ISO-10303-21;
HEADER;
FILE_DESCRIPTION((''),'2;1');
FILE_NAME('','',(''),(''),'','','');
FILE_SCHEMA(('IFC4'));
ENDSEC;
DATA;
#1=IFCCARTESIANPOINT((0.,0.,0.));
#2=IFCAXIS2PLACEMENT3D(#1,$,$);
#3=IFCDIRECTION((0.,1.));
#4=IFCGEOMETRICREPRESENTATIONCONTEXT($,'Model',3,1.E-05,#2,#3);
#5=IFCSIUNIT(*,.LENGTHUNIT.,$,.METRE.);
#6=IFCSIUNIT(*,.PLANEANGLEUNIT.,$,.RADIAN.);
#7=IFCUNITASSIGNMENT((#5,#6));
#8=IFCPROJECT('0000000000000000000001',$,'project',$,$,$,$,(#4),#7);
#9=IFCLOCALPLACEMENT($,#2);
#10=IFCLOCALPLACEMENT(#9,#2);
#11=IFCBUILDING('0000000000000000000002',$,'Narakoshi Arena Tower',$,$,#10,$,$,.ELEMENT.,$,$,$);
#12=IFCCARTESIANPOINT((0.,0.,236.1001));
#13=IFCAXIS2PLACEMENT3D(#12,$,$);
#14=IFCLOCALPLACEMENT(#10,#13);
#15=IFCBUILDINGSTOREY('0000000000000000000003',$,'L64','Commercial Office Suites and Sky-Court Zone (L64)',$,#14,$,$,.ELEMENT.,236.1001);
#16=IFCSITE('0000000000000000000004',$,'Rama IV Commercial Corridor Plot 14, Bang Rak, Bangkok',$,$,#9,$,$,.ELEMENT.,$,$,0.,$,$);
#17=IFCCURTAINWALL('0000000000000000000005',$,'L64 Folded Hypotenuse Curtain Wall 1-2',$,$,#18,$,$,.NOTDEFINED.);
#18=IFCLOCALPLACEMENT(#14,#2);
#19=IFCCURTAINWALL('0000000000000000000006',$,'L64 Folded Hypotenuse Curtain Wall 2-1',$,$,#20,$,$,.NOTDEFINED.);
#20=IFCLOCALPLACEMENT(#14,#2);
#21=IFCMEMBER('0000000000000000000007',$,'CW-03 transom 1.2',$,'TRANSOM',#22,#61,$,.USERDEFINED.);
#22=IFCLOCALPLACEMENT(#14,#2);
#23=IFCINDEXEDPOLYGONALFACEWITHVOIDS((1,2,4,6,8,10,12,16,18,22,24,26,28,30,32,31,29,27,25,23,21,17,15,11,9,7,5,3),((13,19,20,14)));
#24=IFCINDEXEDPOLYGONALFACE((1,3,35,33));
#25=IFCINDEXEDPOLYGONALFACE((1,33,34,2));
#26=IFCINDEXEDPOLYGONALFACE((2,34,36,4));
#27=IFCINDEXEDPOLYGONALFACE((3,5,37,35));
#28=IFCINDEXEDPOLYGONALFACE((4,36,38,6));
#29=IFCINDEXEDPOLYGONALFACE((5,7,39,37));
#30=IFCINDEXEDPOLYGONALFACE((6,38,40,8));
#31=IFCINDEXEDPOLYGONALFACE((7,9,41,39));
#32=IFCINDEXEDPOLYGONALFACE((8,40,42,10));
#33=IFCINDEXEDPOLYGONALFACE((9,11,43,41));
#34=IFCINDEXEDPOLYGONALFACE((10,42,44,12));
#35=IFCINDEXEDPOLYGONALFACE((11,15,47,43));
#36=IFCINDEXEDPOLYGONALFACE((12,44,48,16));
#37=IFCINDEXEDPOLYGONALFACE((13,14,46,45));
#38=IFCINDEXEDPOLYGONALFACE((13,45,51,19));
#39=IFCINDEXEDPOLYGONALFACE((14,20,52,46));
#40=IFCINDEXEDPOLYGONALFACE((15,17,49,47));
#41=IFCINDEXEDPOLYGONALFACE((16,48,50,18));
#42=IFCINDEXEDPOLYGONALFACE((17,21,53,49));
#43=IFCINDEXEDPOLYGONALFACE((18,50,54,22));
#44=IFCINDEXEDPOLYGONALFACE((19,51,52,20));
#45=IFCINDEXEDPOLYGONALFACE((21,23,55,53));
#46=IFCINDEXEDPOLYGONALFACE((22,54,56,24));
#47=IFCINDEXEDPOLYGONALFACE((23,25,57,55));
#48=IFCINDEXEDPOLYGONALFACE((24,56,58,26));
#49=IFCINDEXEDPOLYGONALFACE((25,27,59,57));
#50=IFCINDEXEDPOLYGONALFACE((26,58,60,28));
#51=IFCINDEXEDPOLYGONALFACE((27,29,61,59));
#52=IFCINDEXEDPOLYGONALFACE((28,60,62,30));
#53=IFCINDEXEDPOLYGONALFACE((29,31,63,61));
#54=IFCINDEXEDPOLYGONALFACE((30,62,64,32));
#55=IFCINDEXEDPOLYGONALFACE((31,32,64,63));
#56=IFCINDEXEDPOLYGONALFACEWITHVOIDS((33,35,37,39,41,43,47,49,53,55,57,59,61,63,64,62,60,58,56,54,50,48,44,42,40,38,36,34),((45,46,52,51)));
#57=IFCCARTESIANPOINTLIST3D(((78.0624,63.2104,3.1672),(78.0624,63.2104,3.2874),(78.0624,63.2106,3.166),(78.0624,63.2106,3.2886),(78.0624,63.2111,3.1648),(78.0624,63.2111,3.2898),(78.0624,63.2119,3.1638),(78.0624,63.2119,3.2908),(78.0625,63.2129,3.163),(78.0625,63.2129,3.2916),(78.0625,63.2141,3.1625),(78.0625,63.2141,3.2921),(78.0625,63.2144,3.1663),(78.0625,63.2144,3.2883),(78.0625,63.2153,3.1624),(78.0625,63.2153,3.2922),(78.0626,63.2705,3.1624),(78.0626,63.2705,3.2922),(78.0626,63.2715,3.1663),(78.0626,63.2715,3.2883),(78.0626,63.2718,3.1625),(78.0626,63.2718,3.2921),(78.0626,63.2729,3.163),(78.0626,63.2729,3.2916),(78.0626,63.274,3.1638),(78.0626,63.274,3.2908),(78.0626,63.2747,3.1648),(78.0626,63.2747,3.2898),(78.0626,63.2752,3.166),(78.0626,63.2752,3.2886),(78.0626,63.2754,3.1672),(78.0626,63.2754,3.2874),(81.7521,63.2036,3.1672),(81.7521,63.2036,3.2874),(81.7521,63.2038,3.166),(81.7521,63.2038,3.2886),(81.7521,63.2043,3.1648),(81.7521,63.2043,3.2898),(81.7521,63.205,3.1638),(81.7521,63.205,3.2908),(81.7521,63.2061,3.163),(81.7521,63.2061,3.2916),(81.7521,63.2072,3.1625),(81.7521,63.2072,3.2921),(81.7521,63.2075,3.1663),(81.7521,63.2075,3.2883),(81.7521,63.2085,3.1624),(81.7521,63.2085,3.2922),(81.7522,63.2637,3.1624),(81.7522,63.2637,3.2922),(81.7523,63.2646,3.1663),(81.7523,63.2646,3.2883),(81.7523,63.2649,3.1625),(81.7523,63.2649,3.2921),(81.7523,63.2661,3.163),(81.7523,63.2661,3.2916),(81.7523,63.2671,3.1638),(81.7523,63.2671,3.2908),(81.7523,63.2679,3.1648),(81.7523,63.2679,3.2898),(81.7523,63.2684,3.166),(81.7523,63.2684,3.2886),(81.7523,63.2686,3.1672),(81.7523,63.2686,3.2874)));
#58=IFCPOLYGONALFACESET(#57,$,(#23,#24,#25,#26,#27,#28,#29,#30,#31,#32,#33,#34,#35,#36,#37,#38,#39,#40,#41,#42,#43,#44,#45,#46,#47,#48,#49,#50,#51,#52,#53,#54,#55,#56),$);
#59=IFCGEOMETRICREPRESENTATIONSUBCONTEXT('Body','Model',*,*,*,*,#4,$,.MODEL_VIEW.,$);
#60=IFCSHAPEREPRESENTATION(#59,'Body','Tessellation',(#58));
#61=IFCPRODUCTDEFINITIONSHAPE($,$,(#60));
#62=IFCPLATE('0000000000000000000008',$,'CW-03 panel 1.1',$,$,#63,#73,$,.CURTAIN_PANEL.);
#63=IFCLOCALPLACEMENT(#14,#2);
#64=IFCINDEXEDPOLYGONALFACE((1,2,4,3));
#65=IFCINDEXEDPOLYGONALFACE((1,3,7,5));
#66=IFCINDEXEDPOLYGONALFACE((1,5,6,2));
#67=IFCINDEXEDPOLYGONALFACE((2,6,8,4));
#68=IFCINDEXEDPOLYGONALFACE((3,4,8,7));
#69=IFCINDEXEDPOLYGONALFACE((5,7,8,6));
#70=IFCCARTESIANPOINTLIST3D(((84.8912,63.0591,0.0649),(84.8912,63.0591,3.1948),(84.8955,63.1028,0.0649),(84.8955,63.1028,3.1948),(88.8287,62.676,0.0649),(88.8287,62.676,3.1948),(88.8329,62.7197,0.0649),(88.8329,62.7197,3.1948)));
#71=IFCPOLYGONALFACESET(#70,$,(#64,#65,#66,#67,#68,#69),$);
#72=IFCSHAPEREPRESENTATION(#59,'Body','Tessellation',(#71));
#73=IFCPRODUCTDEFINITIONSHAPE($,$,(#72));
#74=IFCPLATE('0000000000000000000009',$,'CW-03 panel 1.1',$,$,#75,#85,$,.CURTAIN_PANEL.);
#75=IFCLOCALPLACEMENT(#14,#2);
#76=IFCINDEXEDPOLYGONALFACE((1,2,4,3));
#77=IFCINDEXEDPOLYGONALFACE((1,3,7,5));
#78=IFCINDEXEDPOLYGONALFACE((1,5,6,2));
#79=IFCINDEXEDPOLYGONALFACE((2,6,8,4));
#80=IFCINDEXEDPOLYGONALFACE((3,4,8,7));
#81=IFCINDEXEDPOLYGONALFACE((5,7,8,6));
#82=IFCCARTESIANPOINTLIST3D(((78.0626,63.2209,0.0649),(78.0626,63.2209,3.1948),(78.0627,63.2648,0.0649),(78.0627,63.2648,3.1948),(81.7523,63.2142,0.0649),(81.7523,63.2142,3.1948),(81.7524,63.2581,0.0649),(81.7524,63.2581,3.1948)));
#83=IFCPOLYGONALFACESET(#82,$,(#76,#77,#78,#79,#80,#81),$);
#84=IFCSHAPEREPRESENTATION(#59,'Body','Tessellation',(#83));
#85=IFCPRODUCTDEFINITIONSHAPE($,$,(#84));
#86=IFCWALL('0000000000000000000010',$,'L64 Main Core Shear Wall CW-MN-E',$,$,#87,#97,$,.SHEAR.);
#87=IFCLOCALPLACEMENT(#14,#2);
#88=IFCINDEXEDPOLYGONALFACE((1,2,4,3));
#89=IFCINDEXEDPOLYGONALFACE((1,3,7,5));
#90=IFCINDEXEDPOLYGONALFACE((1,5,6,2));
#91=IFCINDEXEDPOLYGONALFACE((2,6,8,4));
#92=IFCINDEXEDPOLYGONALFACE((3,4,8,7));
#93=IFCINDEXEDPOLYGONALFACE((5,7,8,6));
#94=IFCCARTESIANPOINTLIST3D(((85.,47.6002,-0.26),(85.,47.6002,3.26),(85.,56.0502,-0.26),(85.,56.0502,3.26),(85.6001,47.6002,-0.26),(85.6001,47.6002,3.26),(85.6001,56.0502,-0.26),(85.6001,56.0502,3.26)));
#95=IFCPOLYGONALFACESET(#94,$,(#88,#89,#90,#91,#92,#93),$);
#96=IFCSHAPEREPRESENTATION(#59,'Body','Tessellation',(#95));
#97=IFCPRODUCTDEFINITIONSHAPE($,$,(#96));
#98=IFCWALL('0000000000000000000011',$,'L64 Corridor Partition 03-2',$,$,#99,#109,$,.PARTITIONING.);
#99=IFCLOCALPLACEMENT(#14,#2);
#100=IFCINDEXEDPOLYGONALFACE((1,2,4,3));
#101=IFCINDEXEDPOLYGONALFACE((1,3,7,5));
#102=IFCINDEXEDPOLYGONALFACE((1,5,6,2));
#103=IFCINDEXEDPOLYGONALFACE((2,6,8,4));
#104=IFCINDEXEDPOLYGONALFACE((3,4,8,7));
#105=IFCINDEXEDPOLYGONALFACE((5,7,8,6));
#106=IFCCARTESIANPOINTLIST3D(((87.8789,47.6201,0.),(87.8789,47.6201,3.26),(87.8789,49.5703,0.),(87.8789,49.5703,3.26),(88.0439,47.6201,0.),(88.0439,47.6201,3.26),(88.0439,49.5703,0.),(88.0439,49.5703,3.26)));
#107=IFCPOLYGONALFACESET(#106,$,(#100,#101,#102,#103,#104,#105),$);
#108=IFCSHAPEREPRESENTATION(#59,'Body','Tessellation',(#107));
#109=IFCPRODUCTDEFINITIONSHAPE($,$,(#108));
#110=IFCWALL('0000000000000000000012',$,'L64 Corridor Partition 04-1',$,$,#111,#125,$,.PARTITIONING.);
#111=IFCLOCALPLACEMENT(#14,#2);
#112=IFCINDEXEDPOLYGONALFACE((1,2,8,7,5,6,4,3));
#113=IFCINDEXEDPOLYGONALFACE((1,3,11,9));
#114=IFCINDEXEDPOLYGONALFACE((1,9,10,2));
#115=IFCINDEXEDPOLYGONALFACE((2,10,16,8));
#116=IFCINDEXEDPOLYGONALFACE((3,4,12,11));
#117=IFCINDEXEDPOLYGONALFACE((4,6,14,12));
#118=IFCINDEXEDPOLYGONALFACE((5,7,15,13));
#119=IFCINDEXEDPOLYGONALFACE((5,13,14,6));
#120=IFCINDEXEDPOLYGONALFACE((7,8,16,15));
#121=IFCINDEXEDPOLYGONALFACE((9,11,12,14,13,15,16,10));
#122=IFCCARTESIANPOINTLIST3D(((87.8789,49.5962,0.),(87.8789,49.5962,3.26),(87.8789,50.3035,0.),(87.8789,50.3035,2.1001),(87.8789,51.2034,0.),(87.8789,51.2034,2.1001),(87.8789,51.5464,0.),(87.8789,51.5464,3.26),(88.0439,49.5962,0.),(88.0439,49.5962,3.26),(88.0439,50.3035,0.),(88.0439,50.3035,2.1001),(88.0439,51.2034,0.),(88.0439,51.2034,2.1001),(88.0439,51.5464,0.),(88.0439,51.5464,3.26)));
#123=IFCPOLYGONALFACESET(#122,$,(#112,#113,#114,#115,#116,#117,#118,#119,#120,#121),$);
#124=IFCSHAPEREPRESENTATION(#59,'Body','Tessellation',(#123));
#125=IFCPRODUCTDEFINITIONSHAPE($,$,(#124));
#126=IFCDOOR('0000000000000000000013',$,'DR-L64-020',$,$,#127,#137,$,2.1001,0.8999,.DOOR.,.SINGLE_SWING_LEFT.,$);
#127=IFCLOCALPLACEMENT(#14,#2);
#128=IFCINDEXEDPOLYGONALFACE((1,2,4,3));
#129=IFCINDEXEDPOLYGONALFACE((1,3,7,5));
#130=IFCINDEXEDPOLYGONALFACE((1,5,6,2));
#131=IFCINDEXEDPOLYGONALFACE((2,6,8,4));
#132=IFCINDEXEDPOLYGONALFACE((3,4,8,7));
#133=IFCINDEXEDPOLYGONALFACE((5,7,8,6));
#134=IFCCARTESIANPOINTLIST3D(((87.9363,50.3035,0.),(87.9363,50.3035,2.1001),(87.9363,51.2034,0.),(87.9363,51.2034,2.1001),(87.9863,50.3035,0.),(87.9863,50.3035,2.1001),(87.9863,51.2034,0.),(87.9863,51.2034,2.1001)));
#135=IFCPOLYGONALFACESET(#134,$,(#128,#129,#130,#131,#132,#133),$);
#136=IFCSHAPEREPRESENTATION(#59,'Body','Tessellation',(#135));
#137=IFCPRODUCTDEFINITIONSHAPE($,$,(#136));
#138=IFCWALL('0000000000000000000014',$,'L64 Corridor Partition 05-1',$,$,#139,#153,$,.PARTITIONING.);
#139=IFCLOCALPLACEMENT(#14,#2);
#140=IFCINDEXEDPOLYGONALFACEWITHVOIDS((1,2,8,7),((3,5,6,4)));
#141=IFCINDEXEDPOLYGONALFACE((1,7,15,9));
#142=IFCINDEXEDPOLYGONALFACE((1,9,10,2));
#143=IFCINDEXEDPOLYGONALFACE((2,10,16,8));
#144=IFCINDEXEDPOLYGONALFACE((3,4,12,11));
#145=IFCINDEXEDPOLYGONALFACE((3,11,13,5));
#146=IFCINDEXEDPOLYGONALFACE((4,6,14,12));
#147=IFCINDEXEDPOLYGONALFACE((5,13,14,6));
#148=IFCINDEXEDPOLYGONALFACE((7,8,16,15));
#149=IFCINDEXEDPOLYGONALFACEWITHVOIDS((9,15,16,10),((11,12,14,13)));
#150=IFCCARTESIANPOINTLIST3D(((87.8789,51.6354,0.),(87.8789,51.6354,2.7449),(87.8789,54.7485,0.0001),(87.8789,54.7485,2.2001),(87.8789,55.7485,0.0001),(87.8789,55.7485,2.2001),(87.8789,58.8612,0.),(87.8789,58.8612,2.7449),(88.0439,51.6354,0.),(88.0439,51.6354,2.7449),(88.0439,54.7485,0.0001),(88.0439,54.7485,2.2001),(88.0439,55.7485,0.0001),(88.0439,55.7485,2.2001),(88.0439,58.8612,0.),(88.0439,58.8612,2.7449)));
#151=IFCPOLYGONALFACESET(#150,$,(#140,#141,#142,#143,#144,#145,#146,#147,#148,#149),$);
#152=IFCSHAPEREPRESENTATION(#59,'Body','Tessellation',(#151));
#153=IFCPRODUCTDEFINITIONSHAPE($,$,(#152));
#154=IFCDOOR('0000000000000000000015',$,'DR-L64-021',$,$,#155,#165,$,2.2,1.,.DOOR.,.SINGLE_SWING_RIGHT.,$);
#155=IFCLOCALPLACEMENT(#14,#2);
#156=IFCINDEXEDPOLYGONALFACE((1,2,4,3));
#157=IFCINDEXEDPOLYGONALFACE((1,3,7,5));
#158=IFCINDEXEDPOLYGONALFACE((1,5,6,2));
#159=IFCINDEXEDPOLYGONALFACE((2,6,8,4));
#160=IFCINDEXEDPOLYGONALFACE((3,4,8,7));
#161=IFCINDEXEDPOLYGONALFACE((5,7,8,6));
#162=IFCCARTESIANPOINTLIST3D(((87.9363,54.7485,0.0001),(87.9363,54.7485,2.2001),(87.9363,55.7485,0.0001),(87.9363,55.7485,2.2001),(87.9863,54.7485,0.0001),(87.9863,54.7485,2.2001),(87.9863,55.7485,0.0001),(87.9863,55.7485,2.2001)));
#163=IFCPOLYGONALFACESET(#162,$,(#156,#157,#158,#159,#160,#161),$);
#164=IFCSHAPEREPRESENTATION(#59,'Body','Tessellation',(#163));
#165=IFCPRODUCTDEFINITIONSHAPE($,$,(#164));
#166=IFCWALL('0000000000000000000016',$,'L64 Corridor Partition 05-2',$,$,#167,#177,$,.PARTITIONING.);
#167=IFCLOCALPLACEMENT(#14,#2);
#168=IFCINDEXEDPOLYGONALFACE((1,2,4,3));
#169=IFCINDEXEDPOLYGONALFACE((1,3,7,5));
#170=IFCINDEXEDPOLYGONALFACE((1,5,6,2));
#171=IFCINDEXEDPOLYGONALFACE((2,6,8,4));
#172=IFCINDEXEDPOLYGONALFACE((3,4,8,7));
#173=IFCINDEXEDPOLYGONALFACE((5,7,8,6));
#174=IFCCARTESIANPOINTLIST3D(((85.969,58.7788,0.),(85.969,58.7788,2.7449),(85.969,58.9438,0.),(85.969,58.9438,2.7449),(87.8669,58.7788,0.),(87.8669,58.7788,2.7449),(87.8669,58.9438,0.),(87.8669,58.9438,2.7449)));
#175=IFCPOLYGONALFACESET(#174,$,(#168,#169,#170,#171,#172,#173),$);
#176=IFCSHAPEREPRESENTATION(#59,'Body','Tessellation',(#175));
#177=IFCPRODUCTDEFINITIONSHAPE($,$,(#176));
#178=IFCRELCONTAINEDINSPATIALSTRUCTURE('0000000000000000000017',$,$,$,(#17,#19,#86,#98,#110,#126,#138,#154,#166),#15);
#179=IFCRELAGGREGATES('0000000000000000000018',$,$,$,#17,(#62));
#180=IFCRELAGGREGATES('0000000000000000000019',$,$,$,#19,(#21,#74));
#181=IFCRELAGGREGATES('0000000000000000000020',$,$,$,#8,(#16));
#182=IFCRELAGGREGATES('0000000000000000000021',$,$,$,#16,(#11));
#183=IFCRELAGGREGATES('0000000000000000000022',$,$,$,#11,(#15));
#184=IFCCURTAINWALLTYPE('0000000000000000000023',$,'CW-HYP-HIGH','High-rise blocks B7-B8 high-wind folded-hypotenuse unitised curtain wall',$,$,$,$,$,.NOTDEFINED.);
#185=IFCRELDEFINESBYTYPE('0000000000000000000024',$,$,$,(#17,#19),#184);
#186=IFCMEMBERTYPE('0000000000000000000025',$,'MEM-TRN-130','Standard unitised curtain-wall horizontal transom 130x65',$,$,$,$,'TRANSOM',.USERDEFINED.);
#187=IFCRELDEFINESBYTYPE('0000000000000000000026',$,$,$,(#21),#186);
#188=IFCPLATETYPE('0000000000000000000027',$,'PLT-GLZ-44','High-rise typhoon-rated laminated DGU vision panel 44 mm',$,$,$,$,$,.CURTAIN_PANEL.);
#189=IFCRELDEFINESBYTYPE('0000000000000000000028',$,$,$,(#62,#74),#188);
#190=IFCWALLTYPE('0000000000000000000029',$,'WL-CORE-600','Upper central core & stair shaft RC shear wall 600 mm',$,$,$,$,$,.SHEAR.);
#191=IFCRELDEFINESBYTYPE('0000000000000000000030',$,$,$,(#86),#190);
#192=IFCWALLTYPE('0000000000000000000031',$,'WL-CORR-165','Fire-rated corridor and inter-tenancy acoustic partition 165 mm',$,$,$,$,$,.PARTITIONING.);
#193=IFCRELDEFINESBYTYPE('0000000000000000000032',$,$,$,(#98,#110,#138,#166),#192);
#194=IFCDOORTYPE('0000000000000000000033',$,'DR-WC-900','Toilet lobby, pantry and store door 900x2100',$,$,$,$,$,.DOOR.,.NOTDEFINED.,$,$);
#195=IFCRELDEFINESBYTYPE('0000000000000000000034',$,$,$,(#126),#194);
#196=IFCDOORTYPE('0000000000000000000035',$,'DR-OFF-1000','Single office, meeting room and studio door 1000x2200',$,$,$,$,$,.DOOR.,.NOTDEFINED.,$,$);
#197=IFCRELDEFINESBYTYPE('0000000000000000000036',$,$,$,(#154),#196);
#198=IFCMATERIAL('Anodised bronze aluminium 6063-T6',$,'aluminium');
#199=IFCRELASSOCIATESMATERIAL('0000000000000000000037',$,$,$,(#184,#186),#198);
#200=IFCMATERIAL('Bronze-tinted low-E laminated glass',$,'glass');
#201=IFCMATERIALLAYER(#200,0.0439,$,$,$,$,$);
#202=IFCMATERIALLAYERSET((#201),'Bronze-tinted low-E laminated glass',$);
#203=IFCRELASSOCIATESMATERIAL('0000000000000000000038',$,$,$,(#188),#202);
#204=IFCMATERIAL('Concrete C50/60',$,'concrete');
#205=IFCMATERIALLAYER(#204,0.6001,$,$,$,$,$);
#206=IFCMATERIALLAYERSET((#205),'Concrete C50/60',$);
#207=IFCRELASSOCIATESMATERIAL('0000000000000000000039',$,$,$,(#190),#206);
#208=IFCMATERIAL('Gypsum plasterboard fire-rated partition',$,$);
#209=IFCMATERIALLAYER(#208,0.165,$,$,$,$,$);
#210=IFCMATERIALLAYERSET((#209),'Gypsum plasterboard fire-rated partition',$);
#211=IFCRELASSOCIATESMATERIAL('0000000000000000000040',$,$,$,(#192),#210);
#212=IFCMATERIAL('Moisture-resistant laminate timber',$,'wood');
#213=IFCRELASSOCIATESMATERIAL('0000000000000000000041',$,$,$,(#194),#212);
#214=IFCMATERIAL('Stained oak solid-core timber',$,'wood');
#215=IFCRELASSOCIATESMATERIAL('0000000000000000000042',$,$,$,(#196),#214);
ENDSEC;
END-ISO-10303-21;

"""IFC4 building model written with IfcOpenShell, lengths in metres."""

from ifc_helpers import new_model, si_unit, direction, frame, frame_2d, origin, origin_2d, place, context, subcontext, project, spatial, rectangle, hollow_rectangle, extrude, material, layer, layer_set, material_profile, profile_set, type_object, element, fill, aggregate, save


model = new_model("IFC4")

# Units and contexts
model_context = context("Model", 3, precision=1e-05, world=origin(), true_north=direction((0.0, 1.0)))
body_context = subcontext(model_context, "Body", "Model", "MODEL_VIEW")
ifc_project = project(units=[si_unit("LENGTHUNIT", "METRE"), si_unit("PLANEANGLEUNIT", "RADIAN")], contexts=[model_context])

# Site, building, storey
site_placement = place(None, origin())
site = spatial("IfcSite", under=ifc_project, at=site_placement, Name="Rama IV Commercial Corridor Plot 14, Bang Rak, Bangkok", CompositionType="ELEMENT", RefElevation=0.0)
building_placement = place(site_placement, origin())
building = spatial("IfcBuilding", under=site, at=building_placement, Name="Narakoshi Arena Tower", CompositionType="ELEMENT")
storey_placement = place(building_placement, frame((0.0, 0.0, 236.1001)))
storey = spatial("IfcBuildingStorey", under=building, at=storey_placement, Name="L64", Description="Commercial Office Suites and Sky-Court Zone (L64)", CompositionType="ELEMENT", Elevation=236.1001)

# Shared definitions
ifc_material_1 = material(Name="Concrete C50/60", Category="concrete")

# Curtain wall
ifc_material_2 = material(Name="Anodised bronze aluminium 6063-T6", Category="aluminium")
curtain_wall_type = type_object("IfcCurtainWallType", Name="CW-HYP-HIGH", Description="High-rise blocks B7-B8 high-wind folded-hypotenuse unitised curtain wall", PredefinedType="NOTDEFINED", material=ifc_material_2)
curtain_wall_1_placement = place(storey_placement, origin())
curtain_wall_1 = element("IfcCurtainWall", 1, at=curtain_wall_1_placement, inside=storey, type_object=curtain_wall_type, Name="L64 Folded Hypotenuse Curtain Wall 1-2", PredefinedType="NOTDEFINED")

# Curtain wall, member
curtain_wall_2_placement = place(storey_placement, origin())
curtain_wall_2 = element("IfcCurtainWall", 2, at=curtain_wall_2_placement, inside=storey, type_object=curtain_wall_type, Name="L64 Folded Hypotenuse Curtain Wall 2-1", PredefinedType="NOTDEFINED")
ifc_material_profile_1 = material_profile(ifc_material_2, hollow_rectangle(XDim=0.0649, YDim=0.1299, WallThickness=0.0039, OuterFilletRadius=0.0049, at=origin_2d()), Name="TRN130x65x4")
ifc_profile_set_1 = profile_set([ifc_material_profile_1], Name="Anodised bronze aluminium 6063-T6")
member_type_1 = type_object("IfcMemberType", Name="MEM-TRN-130", Description="Standard unitised curtain-wall horizontal transom 130x65", ElementType="TRANSOM", PredefinedType="USERDEFINED", material=ifc_profile_set_1)
member_1_placement = place(storey_placement, frame((81.7522, 63.2361, 3.2273), z_axis=(-0.999998, 0.001853, 0.0), x_axis=(-0.001853, -0.999998, 0.0)))
member_1 = element("IfcMember", 3, at=member_1_placement, type_object=member_type_1, Name="CW-03 transom 1.2", ObjectType="TRANSOM", PredefinedType="USERDEFINED", context=body_context, shape_type="SweptSolid", body=[
    extrude(hollow_rectangle(XDim=0.0649, YDim=0.1299, WallThickness=0.0039, OuterFilletRadius=0.0049, at=origin_2d()), origin(), (0.0, 0.0, 1.0), 3.6897),
])

# Plates
ifc_material_3 = material(Name="Bronze-tinted low-E laminated glass", Category="glass")
ifc_layer_1 = layer(ifc_material_3, 0.0439)
ifc_layer_set_1 = layer_set([ifc_layer_1], Name="Bronze-tinted low-E laminated glass")
plate_type = type_object("IfcPlateType", Name="PLT-GLZ-44", Description="High-rise typhoon-rated laminated DGU vision panel 44 mm", PredefinedType="CURTAIN_PANEL", material=ifc_layer_set_1)
plate_1_placement = place(storey_placement, frame((86.8621, 62.8894, 0.0649), z_axis=(0.0, 0.0, 1.0), x_axis=(-0.9953, 0.096843, 0.0)))
plate_1 = element("IfcPlate", 4, at=plate_1_placement, type_object=plate_type, Name="CW-03 panel 1.1", PredefinedType="CURTAIN_PANEL", context=body_context, shape_type="SweptSolid", body=[
    extrude(rectangle(XDim=3.9561, YDim=0.0439, at=origin_2d()), origin(), (0.0, 0.0, 1.0), 3.1299),
])
aggregate(curtain_wall_1, [plate_1])
plate_2_placement = place(storey_placement, frame((79.9075, 63.2395, 0.0649), z_axis=(0.0, 0.0, 1.0), x_axis=(-0.999998, 0.00182, 0.0)))
plate_2 = element("IfcPlate", 5, at=plate_2_placement, type_object=plate_type, Name="CW-03 panel 1.1", PredefinedType="CURTAIN_PANEL", context=body_context, shape_type="SweptSolid", body=[
    extrude(rectangle(XDim=3.6897, YDim=0.0439, at=origin_2d()), origin(), (0.0, 0.0, 1.0), 3.1299),
])
aggregate(curtain_wall_2, [member_1, plate_2])

# Walls
ifc_layer_2 = layer(ifc_material_1, 0.6001)
ifc_layer_set_2 = layer_set([ifc_layer_2], Name="Concrete C50/60")
wall_type_1 = type_object("IfcWallType", Name="WL-CORE-600", Description="Upper central core & stair shaft RC shear wall 600 mm", PredefinedType="SHEAR", material=ifc_layer_set_2)
wall_1_placement = place(storey_placement, frame((85.3, 47.6001, -0.26), z_axis=(0.0, 0.0, 1.0), x_axis=(0.0, 1.0, 0.0)))
element("IfcWall", 6, at=wall_1_placement, inside=storey, type_object=wall_type_1, Name="L64 Main Core Shear Wall CW-MN-E", PredefinedType="SHEAR", context=body_context, shape_type="SweptSolid", body=[
    extrude(rectangle(XDim=8.45, YDim=0.6001, at=frame_2d((4.2251, 0.0))), origin(), (0.0, 0.0, 1.0), 3.52),
])
ifc_material_4 = material(Name="Gypsum plasterboard fire-rated partition")
ifc_layer_3 = layer(ifc_material_4, 0.165)
ifc_layer_set_3 = layer_set([ifc_layer_3], Name="Gypsum plasterboard fire-rated partition")
wall_type_2 = type_object("IfcWallType", Name="WL-CORR-165", Description="Fire-rated corridor and inter-tenancy acoustic partition 165 mm", PredefinedType="PARTITIONING", material=ifc_layer_set_3)
wall_2_placement = place(storey_placement, frame((87.9614, 47.6201, 0.0), z_axis=(0.0, 0.0, 1.0), x_axis=(0.0, 1.0, 0.0)))
element("IfcWall", 7, at=wall_2_placement, inside=storey, type_object=wall_type_2, Name="L64 Corridor Partition 03-2", PredefinedType="PARTITIONING", context=body_context, shape_type="SweptSolid", body=[
    extrude(rectangle(XDim=1.9502, YDim=0.165, at=frame_2d((0.9751, 0.0))), origin(), (0.0, 0.0, 1.0), 3.26),
])

# Walls, openings, doors
wall_3_placement = place(storey_placement, frame((87.9614, 49.5962, 0.0), z_axis=(0.0, 0.0, 1.0), x_axis=(0.0, 1.0, 0.0)))
wall_3 = element("IfcWall", 8, at=wall_3_placement, inside=storey, type_object=wall_type_2, Name="L64 Corridor Partition 04-1", PredefinedType="PARTITIONING", context=body_context, shape_type="SweptSolid", body=[
    extrude(rectangle(XDim=1.9502, YDim=0.165, at=frame_2d((0.9751, 0.0))), origin(), (0.0, 0.0, 1.0), 3.26),
])
opening_1_placement = place(wall_3_placement, frame((0.7073, 0.0, 0.0)))
opening_1 = element("IfcOpeningElement", 9, at=opening_1_placement, cuts=wall_3, PredefinedType="OPENING", context=body_context, shape_type="SweptSolid", body=[
    extrude(rectangle(XDim=0.8999, YDim=2.1001, at=frame_2d((0.45, 1.05))), frame((0.0, 0.0925, 0.0), z_axis=(0.0, -1.0, 0.0), x_axis=(1.0, 0.0, 0.0)), (0.0, 0.0, 1.0), 0.1851),
])
ifc_material_5 = material(Name="Moisture-resistant laminate timber", Category="wood")
door_type_1 = type_object("IfcDoorType", Name="DR-WC-900", Description="Toilet lobby, pantry and store door 900x2100", OperationType="NOTDEFINED", PredefinedType="DOOR", material=ifc_material_5)
door_1_placement = place(opening_1_placement, frame((0.8999, 0.0, 0.0), z_axis=(0.0, 0.0, 1.0), x_axis=(-1.0, 0.0, 0.0)))
door_1 = element("IfcDoor", 10, at=door_1_placement, inside=storey, type_object=door_type_1, Name="DR-L64-020", OperationType="SINGLE_SWING_LEFT", OverallHeight=2.1001, OverallWidth=0.8999, PredefinedType="DOOR", context=body_context, shape_type="SweptSolid", body=[
    extrude(rectangle(XDim=0.8999, YDim=2.1001, at=frame_2d((0.45, 1.05))), frame((0.0, 0.0249, 0.0), z_axis=(0.0, -1.0, 0.0), x_axis=(1.0, 0.0, 0.0)), (0.0, 0.0, 1.0), 0.05),
])
fill(opening_1, door_1)
wall_4_placement = place(storey_placement, frame((87.9614, 51.6355, 0.0), z_axis=(0.0, 0.0, 1.0), x_axis=(0.0, 1.0, 0.0)))
wall_4 = element("IfcWall", 11, at=wall_4_placement, inside=storey, type_object=wall_type_2, Name="L64 Corridor Partition 05-1", PredefinedType="PARTITIONING", context=body_context, shape_type="SweptSolid", body=[
    extrude(rectangle(XDim=7.2258, YDim=0.165, at=frame_2d((3.6128, 0.0))), origin(), (0.0, 0.0, 1.0), 2.7449),
])
opening_2_placement = place(wall_4_placement, frame((3.113, 0.0, 0.0)))
opening_2 = element("IfcOpeningElement", 12, at=opening_2_placement, cuts=wall_4, PredefinedType="OPENING", context=body_context, shape_type="SweptSolid", body=[
    extrude(rectangle(XDim=1.0, YDim=2.2, at=frame_2d((0.5, 1.1001))), frame((0.0, 0.0925, 0.0), z_axis=(0.0, -1.0, 0.0), x_axis=(1.0, 0.0, 0.0)), (0.0, 0.0, 1.0), 0.1851),
])
ifc_material_6 = material(Name="Stained oak solid-core timber", Category="wood")
door_type_2 = type_object("IfcDoorType", Name="DR-OFF-1000", Description="Single office, meeting room and studio door 1000x2200", OperationType="NOTDEFINED", PredefinedType="DOOR", material=ifc_material_6)
door_2_placement = place(opening_2_placement, frame((1.0, 0.0, 0.0), z_axis=(0.0, 0.0, 1.0), x_axis=(-1.0, 0.0, 0.0)))
door_2 = element("IfcDoor", 13, at=door_2_placement, inside=storey, type_object=door_type_2, Name="DR-L64-021", OperationType="SINGLE_SWING_RIGHT", OverallHeight=2.2, OverallWidth=1.0, PredefinedType="DOOR", context=body_context, shape_type="SweptSolid", body=[
    extrude(rectangle(XDim=1.0, YDim=2.2, at=frame_2d((0.5, 1.1001))), frame((0.0, 0.0249, 0.0), z_axis=(0.0, -1.0, 0.0), x_axis=(1.0, 0.0, 0.0)), (0.0, 0.0, 1.0), 0.05),
])
fill(opening_2, door_2)

# Wall
wall_5_placement = place(storey_placement, frame((87.8669, 58.8613, 0.0), z_axis=(0.0, 0.0, 1.0), x_axis=(-1.0, 0.0, 0.0)))
element("IfcWall", 14, at=wall_5_placement, inside=storey, type_object=wall_type_2, Name="L64 Corridor Partition 05-2", PredefinedType="PARTITIONING", context=body_context, shape_type="SweptSolid", body=[
    extrude(rectangle(XDim=1.8979, YDim=0.165, at=frame_2d((0.949, 0.0))), origin(), (0.0, 0.0, 1.0), 2.7449),
])

save(model, "model.ifc")
